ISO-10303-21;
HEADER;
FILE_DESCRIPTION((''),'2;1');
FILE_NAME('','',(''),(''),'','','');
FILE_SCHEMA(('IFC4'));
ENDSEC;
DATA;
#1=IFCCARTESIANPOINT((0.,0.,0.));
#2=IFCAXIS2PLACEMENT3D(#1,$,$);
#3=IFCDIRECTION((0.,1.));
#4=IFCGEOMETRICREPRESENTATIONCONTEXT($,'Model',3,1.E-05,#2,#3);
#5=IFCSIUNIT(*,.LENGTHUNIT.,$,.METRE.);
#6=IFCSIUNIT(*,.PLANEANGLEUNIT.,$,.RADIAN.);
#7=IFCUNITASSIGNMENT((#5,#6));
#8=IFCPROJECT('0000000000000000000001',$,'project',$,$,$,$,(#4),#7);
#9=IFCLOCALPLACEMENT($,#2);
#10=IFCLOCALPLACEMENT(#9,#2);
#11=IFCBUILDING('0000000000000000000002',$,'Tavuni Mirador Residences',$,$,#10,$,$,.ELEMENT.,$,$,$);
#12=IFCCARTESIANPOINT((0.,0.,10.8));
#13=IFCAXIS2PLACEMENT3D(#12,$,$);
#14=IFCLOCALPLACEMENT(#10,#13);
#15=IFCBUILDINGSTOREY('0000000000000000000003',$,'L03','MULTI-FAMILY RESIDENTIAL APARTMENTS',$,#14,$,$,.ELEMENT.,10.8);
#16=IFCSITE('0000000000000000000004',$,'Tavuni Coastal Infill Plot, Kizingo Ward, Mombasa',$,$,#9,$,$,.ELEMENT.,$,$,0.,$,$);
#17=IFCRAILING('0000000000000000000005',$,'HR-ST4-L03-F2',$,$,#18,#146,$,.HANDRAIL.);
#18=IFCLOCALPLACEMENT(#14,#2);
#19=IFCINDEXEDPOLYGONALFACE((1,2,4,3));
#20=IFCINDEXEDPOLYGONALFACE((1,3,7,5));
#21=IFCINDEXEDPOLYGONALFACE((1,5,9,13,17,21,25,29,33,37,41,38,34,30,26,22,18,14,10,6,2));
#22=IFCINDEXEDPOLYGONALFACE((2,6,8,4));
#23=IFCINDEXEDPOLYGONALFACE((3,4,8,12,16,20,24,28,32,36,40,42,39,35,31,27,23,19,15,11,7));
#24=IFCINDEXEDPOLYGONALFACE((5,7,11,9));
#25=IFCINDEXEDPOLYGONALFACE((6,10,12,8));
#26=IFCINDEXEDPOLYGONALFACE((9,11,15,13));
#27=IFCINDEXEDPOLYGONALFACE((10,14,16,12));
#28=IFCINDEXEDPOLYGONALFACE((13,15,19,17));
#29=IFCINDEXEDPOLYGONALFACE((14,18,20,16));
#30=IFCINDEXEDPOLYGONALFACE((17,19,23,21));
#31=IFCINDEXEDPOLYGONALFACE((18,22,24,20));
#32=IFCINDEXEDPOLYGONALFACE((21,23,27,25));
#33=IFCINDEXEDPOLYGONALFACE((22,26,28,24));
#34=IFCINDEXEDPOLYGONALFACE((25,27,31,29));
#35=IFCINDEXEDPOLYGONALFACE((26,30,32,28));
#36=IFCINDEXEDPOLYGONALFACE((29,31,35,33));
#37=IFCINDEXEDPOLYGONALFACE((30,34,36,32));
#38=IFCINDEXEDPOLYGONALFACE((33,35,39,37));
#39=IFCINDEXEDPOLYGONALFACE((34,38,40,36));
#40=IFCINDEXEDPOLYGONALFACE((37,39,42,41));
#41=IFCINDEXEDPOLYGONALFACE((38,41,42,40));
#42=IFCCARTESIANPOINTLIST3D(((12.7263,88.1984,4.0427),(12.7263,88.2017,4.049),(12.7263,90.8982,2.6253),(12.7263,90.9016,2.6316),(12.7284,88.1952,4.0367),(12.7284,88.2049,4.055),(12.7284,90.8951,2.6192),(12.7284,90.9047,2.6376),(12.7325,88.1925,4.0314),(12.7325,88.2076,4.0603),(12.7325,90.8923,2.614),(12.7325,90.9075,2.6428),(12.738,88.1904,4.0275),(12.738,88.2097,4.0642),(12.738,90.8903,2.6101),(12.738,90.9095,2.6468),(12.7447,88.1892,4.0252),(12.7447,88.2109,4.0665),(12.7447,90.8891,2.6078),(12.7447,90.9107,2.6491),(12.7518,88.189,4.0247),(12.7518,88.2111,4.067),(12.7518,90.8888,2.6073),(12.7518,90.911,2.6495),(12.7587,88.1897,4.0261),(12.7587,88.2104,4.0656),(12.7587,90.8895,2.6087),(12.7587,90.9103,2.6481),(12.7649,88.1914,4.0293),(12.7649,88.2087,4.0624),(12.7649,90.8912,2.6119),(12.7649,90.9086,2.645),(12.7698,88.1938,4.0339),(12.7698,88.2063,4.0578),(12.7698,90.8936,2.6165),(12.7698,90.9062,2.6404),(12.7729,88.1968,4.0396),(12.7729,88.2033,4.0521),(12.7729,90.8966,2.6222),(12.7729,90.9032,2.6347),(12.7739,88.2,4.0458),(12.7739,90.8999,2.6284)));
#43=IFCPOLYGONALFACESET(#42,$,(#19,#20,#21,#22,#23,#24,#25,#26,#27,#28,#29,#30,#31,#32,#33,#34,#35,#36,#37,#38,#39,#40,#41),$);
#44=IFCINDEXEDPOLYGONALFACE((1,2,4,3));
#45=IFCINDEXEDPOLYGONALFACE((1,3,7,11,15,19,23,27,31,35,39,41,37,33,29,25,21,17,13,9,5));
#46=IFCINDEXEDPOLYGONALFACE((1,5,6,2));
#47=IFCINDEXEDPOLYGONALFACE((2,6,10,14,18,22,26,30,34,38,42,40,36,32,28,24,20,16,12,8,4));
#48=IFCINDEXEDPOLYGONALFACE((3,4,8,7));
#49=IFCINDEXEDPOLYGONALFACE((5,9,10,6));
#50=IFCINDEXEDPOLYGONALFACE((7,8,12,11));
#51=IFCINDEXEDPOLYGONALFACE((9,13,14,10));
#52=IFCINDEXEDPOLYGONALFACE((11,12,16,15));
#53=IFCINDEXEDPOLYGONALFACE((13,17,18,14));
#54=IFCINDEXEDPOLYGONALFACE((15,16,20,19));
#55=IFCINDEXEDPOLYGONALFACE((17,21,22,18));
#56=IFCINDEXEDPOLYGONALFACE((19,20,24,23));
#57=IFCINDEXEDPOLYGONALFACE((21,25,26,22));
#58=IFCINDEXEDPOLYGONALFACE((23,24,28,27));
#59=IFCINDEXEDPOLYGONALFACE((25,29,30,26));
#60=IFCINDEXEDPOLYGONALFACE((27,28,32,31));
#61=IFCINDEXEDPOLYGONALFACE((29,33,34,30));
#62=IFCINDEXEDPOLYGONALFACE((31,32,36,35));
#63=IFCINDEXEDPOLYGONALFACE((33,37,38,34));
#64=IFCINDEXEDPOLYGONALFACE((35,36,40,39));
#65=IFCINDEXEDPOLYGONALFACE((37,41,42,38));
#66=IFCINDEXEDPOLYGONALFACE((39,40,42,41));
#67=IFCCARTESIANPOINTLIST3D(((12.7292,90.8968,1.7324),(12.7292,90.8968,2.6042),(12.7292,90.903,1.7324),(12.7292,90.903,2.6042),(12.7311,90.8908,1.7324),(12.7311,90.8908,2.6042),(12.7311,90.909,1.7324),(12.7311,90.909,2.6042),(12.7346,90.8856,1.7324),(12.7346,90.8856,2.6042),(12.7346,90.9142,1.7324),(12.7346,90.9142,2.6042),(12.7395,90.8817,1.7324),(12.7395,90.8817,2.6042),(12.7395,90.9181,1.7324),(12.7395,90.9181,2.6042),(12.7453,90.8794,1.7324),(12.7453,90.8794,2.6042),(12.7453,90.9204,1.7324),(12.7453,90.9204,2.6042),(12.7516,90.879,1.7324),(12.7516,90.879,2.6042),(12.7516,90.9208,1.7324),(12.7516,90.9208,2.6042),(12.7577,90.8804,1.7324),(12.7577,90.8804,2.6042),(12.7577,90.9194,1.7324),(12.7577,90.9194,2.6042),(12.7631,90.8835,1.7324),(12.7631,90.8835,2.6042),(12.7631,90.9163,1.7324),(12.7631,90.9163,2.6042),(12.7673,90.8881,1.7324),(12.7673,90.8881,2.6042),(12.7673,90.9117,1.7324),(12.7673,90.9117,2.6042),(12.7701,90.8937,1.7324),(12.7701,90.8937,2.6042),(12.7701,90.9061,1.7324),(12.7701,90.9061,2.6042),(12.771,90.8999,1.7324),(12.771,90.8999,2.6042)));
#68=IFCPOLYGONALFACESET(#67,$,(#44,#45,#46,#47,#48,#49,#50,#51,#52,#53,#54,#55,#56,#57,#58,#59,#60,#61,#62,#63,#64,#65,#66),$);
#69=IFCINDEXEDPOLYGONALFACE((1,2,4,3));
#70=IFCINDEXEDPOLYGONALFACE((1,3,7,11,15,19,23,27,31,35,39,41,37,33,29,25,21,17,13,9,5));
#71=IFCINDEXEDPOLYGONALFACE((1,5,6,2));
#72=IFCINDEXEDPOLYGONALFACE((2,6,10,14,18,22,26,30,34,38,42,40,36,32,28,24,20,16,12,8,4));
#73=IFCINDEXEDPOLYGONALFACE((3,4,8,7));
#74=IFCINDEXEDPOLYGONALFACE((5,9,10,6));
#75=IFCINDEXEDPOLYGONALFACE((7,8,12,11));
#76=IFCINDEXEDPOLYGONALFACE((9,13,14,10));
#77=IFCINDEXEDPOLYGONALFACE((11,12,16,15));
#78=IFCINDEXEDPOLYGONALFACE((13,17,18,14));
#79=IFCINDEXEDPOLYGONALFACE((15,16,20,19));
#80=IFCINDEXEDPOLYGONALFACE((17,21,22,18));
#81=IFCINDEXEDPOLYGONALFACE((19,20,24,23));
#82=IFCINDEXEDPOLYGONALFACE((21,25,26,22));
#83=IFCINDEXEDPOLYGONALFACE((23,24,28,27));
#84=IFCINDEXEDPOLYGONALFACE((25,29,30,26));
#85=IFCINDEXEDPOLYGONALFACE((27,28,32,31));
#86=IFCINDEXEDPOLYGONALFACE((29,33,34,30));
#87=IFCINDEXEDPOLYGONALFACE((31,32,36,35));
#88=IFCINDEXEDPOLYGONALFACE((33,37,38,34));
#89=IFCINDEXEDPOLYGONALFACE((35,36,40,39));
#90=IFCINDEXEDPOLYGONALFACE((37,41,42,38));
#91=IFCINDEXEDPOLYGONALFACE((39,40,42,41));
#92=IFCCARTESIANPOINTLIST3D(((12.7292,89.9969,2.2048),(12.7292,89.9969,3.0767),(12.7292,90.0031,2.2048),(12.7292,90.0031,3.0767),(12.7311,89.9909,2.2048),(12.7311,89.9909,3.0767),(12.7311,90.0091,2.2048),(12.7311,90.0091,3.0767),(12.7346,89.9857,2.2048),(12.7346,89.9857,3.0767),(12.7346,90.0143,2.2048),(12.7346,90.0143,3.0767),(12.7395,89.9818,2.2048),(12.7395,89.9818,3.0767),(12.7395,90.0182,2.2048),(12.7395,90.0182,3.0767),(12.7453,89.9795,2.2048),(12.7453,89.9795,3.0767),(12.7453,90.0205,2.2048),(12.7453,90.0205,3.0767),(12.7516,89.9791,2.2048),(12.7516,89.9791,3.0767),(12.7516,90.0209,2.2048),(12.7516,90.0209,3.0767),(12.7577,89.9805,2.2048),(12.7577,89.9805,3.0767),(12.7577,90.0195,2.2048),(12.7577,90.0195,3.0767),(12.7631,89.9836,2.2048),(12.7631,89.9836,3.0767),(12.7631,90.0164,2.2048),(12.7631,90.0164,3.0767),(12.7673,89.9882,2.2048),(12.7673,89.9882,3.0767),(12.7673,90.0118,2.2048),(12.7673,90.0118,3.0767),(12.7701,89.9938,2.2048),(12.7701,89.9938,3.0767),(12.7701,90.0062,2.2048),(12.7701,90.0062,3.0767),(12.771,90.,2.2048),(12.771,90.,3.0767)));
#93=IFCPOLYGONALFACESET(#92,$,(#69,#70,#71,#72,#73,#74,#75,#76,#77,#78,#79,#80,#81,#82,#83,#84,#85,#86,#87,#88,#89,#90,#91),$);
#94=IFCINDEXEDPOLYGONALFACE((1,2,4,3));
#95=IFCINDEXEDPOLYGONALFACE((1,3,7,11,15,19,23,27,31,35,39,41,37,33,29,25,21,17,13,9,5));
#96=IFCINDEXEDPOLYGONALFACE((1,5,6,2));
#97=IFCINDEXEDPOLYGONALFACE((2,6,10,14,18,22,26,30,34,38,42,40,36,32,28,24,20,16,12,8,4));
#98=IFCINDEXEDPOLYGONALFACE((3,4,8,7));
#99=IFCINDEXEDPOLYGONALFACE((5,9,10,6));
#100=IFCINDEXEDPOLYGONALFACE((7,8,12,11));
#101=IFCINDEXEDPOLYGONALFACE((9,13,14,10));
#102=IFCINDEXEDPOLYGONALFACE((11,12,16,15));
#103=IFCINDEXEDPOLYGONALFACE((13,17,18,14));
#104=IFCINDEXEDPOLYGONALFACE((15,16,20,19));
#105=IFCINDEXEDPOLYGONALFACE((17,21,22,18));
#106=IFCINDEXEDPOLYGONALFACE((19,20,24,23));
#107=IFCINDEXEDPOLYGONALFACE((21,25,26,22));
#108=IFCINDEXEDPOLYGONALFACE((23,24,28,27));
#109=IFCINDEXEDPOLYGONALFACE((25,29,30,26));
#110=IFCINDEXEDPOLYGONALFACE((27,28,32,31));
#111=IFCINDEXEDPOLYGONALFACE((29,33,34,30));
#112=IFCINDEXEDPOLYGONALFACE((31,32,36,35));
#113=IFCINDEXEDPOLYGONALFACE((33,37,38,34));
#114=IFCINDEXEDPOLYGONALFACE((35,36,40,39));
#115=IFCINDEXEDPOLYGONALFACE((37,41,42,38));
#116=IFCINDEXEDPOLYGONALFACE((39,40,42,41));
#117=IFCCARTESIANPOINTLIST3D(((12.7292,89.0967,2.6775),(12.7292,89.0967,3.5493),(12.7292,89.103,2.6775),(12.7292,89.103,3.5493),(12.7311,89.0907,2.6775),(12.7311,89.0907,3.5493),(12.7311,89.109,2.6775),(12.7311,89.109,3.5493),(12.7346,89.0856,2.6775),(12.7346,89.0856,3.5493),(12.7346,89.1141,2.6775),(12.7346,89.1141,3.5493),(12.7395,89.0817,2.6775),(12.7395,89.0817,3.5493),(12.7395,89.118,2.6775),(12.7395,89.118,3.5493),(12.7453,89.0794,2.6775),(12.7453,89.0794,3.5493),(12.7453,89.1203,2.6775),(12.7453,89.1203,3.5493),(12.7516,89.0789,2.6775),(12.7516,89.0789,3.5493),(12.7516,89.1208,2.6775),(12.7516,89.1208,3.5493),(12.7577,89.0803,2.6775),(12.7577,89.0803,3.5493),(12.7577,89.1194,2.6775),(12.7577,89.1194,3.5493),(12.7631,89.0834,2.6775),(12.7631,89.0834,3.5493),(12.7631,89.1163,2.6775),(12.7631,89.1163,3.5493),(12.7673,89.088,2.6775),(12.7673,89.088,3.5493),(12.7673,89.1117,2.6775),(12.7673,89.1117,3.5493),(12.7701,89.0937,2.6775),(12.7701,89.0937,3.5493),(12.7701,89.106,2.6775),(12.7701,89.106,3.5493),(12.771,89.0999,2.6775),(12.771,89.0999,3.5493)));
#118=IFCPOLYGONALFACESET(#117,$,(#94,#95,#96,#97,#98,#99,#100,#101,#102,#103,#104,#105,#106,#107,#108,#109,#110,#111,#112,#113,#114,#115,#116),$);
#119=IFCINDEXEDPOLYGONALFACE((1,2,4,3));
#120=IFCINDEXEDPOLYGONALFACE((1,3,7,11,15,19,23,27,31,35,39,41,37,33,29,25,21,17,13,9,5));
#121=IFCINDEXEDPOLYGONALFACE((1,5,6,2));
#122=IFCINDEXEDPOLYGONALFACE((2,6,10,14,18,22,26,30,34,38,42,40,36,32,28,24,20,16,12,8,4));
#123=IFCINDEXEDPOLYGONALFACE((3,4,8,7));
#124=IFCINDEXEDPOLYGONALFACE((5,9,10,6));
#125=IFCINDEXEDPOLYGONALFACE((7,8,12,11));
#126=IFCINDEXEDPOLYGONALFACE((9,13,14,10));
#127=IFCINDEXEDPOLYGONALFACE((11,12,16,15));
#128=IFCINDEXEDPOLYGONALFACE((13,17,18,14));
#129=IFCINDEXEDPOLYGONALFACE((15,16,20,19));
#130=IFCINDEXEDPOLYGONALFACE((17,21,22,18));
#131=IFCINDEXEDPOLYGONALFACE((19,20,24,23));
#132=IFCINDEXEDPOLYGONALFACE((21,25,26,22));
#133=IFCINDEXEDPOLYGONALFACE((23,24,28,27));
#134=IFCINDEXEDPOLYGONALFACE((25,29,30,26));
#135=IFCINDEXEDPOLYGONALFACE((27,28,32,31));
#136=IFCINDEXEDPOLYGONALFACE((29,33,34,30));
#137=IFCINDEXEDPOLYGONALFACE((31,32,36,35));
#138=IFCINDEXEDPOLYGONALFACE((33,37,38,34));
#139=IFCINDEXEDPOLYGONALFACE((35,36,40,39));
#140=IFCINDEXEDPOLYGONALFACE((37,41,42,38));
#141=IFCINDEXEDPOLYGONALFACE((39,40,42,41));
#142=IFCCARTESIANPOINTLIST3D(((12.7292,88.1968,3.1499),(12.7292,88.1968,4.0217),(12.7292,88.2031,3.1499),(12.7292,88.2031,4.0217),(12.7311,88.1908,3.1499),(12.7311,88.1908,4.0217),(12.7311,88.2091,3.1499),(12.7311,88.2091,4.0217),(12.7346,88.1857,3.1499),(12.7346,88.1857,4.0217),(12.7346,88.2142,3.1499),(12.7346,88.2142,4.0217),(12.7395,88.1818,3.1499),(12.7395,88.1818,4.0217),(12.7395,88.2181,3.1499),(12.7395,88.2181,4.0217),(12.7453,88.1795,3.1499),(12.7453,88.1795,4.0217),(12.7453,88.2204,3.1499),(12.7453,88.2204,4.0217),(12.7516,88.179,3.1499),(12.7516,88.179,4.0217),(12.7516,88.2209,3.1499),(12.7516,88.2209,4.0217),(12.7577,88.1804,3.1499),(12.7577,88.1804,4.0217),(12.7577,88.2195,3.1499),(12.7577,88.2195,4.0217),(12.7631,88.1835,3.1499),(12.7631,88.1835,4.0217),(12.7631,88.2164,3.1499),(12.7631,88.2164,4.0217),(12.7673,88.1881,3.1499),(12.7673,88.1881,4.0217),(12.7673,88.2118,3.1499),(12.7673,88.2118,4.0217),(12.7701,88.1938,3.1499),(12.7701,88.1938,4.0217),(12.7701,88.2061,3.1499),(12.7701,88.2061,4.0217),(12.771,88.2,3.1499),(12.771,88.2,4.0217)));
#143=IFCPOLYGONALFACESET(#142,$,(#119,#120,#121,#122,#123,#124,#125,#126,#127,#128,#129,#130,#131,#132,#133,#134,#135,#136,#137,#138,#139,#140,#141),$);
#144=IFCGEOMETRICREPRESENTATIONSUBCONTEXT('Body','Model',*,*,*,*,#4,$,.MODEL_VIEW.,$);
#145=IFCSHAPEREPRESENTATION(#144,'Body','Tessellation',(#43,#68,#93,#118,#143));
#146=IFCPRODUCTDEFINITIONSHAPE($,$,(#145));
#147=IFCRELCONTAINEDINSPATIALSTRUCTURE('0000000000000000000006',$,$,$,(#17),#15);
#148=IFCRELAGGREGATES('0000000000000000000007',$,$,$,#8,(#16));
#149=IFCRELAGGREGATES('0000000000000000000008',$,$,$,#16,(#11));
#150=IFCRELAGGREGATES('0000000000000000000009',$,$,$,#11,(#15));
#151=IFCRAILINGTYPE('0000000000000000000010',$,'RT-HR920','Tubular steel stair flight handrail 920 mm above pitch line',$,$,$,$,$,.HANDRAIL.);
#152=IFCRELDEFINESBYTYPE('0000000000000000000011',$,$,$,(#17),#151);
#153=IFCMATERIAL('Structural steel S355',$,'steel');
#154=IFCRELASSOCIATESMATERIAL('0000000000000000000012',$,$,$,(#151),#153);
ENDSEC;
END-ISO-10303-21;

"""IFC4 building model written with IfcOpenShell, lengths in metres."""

from ifc_helpers import new_model, si_unit, direction, frame, origin, origin_2d, place, context, subcontext, project, spatial, circle, extrude, material, type_object, element, save


model = new_model("IFC4")

# Units and contexts
model_context = context("Model", 3, precision=1e-05, world=origin(), true_north=direction((0.0, 1.0)))
body_context = subcontext(model_context, "Body", "Model", "MODEL_VIEW")
ifc_project = project(units=[si_unit("LENGTHUNIT", "METRE"), si_unit("PLANEANGLEUNIT", "RADIAN")], contexts=[model_context])

# Site, building, storey
site_placement = place(None, origin())
site = spatial("IfcSite", under=ifc_project, at=site_placement, Name="Tavuni Coastal Infill Plot, Kizingo Ward, Mombasa", CompositionType="ELEMENT", RefElevation=0.0)
building_placement = place(site_placement, origin())
building = spatial("IfcBuilding", under=site, at=building_placement, Name="Tavuni Mirador Residences", CompositionType="ELEMENT")
storey_placement = place(building_placement, frame((0.0, 0.0, 10.8)))
storey = spatial("IfcBuildingStorey", under=building, at=storey_placement, Name="L03", Description="MULTI-FAMILY RESIDENTIAL APARTMENTS", CompositionType="ELEMENT", Elevation=10.8)

# Shared definitions
ifc_material_1 = material(Name="Structural steel S355", Category="steel")

# Railing
railing_type_1 = type_object("IfcRailingType", Name="RT-HR920", Description="Tubular steel stair flight handrail 920 mm above pitch line", PredefinedType="HANDRAIL", material=ifc_material_1)
railing_1_placement = place(storey_placement, frame((12.75, 90.8999, 1.7324)))
element("IfcRailing", 1, at=railing_1_placement, inside=storey, type_object=railing_type_1, Name="HR-ST4-L03-F2", PredefinedType="HANDRAIL", context=body_context, shape_type="SweptSolid", body=[
    extrude(circle(Radius=0.0239, at=origin_2d()), frame((0.0, 0.0, 0.896), z_axis=(0.0, -0.885397, 0.464835), x_axis=(1.0, 0.0, 0.0)), (0.0, 0.0, 1.0), 3.0493),
    extrude(circle(Radius=0.021, at=origin_2d()), origin(), (0.0, 0.0, 1.0), 0.8718),
    extrude(circle(Radius=0.021, at=origin_2d()), frame((0.0, -0.8999, 0.4724)), (0.0, 0.0, 1.0), 0.8718),
    extrude(circle(Radius=0.021, at=origin_2d()), frame((0.0, -1.8, 0.9451)), (0.0, 0.0, 1.0), 0.8718),
    extrude(circle(Radius=0.021, at=origin_2d()), frame((0.0, -2.7, 1.4175)), (0.0, 0.0, 1.0), 0.8718),
])

save(model, "model.ifc")
